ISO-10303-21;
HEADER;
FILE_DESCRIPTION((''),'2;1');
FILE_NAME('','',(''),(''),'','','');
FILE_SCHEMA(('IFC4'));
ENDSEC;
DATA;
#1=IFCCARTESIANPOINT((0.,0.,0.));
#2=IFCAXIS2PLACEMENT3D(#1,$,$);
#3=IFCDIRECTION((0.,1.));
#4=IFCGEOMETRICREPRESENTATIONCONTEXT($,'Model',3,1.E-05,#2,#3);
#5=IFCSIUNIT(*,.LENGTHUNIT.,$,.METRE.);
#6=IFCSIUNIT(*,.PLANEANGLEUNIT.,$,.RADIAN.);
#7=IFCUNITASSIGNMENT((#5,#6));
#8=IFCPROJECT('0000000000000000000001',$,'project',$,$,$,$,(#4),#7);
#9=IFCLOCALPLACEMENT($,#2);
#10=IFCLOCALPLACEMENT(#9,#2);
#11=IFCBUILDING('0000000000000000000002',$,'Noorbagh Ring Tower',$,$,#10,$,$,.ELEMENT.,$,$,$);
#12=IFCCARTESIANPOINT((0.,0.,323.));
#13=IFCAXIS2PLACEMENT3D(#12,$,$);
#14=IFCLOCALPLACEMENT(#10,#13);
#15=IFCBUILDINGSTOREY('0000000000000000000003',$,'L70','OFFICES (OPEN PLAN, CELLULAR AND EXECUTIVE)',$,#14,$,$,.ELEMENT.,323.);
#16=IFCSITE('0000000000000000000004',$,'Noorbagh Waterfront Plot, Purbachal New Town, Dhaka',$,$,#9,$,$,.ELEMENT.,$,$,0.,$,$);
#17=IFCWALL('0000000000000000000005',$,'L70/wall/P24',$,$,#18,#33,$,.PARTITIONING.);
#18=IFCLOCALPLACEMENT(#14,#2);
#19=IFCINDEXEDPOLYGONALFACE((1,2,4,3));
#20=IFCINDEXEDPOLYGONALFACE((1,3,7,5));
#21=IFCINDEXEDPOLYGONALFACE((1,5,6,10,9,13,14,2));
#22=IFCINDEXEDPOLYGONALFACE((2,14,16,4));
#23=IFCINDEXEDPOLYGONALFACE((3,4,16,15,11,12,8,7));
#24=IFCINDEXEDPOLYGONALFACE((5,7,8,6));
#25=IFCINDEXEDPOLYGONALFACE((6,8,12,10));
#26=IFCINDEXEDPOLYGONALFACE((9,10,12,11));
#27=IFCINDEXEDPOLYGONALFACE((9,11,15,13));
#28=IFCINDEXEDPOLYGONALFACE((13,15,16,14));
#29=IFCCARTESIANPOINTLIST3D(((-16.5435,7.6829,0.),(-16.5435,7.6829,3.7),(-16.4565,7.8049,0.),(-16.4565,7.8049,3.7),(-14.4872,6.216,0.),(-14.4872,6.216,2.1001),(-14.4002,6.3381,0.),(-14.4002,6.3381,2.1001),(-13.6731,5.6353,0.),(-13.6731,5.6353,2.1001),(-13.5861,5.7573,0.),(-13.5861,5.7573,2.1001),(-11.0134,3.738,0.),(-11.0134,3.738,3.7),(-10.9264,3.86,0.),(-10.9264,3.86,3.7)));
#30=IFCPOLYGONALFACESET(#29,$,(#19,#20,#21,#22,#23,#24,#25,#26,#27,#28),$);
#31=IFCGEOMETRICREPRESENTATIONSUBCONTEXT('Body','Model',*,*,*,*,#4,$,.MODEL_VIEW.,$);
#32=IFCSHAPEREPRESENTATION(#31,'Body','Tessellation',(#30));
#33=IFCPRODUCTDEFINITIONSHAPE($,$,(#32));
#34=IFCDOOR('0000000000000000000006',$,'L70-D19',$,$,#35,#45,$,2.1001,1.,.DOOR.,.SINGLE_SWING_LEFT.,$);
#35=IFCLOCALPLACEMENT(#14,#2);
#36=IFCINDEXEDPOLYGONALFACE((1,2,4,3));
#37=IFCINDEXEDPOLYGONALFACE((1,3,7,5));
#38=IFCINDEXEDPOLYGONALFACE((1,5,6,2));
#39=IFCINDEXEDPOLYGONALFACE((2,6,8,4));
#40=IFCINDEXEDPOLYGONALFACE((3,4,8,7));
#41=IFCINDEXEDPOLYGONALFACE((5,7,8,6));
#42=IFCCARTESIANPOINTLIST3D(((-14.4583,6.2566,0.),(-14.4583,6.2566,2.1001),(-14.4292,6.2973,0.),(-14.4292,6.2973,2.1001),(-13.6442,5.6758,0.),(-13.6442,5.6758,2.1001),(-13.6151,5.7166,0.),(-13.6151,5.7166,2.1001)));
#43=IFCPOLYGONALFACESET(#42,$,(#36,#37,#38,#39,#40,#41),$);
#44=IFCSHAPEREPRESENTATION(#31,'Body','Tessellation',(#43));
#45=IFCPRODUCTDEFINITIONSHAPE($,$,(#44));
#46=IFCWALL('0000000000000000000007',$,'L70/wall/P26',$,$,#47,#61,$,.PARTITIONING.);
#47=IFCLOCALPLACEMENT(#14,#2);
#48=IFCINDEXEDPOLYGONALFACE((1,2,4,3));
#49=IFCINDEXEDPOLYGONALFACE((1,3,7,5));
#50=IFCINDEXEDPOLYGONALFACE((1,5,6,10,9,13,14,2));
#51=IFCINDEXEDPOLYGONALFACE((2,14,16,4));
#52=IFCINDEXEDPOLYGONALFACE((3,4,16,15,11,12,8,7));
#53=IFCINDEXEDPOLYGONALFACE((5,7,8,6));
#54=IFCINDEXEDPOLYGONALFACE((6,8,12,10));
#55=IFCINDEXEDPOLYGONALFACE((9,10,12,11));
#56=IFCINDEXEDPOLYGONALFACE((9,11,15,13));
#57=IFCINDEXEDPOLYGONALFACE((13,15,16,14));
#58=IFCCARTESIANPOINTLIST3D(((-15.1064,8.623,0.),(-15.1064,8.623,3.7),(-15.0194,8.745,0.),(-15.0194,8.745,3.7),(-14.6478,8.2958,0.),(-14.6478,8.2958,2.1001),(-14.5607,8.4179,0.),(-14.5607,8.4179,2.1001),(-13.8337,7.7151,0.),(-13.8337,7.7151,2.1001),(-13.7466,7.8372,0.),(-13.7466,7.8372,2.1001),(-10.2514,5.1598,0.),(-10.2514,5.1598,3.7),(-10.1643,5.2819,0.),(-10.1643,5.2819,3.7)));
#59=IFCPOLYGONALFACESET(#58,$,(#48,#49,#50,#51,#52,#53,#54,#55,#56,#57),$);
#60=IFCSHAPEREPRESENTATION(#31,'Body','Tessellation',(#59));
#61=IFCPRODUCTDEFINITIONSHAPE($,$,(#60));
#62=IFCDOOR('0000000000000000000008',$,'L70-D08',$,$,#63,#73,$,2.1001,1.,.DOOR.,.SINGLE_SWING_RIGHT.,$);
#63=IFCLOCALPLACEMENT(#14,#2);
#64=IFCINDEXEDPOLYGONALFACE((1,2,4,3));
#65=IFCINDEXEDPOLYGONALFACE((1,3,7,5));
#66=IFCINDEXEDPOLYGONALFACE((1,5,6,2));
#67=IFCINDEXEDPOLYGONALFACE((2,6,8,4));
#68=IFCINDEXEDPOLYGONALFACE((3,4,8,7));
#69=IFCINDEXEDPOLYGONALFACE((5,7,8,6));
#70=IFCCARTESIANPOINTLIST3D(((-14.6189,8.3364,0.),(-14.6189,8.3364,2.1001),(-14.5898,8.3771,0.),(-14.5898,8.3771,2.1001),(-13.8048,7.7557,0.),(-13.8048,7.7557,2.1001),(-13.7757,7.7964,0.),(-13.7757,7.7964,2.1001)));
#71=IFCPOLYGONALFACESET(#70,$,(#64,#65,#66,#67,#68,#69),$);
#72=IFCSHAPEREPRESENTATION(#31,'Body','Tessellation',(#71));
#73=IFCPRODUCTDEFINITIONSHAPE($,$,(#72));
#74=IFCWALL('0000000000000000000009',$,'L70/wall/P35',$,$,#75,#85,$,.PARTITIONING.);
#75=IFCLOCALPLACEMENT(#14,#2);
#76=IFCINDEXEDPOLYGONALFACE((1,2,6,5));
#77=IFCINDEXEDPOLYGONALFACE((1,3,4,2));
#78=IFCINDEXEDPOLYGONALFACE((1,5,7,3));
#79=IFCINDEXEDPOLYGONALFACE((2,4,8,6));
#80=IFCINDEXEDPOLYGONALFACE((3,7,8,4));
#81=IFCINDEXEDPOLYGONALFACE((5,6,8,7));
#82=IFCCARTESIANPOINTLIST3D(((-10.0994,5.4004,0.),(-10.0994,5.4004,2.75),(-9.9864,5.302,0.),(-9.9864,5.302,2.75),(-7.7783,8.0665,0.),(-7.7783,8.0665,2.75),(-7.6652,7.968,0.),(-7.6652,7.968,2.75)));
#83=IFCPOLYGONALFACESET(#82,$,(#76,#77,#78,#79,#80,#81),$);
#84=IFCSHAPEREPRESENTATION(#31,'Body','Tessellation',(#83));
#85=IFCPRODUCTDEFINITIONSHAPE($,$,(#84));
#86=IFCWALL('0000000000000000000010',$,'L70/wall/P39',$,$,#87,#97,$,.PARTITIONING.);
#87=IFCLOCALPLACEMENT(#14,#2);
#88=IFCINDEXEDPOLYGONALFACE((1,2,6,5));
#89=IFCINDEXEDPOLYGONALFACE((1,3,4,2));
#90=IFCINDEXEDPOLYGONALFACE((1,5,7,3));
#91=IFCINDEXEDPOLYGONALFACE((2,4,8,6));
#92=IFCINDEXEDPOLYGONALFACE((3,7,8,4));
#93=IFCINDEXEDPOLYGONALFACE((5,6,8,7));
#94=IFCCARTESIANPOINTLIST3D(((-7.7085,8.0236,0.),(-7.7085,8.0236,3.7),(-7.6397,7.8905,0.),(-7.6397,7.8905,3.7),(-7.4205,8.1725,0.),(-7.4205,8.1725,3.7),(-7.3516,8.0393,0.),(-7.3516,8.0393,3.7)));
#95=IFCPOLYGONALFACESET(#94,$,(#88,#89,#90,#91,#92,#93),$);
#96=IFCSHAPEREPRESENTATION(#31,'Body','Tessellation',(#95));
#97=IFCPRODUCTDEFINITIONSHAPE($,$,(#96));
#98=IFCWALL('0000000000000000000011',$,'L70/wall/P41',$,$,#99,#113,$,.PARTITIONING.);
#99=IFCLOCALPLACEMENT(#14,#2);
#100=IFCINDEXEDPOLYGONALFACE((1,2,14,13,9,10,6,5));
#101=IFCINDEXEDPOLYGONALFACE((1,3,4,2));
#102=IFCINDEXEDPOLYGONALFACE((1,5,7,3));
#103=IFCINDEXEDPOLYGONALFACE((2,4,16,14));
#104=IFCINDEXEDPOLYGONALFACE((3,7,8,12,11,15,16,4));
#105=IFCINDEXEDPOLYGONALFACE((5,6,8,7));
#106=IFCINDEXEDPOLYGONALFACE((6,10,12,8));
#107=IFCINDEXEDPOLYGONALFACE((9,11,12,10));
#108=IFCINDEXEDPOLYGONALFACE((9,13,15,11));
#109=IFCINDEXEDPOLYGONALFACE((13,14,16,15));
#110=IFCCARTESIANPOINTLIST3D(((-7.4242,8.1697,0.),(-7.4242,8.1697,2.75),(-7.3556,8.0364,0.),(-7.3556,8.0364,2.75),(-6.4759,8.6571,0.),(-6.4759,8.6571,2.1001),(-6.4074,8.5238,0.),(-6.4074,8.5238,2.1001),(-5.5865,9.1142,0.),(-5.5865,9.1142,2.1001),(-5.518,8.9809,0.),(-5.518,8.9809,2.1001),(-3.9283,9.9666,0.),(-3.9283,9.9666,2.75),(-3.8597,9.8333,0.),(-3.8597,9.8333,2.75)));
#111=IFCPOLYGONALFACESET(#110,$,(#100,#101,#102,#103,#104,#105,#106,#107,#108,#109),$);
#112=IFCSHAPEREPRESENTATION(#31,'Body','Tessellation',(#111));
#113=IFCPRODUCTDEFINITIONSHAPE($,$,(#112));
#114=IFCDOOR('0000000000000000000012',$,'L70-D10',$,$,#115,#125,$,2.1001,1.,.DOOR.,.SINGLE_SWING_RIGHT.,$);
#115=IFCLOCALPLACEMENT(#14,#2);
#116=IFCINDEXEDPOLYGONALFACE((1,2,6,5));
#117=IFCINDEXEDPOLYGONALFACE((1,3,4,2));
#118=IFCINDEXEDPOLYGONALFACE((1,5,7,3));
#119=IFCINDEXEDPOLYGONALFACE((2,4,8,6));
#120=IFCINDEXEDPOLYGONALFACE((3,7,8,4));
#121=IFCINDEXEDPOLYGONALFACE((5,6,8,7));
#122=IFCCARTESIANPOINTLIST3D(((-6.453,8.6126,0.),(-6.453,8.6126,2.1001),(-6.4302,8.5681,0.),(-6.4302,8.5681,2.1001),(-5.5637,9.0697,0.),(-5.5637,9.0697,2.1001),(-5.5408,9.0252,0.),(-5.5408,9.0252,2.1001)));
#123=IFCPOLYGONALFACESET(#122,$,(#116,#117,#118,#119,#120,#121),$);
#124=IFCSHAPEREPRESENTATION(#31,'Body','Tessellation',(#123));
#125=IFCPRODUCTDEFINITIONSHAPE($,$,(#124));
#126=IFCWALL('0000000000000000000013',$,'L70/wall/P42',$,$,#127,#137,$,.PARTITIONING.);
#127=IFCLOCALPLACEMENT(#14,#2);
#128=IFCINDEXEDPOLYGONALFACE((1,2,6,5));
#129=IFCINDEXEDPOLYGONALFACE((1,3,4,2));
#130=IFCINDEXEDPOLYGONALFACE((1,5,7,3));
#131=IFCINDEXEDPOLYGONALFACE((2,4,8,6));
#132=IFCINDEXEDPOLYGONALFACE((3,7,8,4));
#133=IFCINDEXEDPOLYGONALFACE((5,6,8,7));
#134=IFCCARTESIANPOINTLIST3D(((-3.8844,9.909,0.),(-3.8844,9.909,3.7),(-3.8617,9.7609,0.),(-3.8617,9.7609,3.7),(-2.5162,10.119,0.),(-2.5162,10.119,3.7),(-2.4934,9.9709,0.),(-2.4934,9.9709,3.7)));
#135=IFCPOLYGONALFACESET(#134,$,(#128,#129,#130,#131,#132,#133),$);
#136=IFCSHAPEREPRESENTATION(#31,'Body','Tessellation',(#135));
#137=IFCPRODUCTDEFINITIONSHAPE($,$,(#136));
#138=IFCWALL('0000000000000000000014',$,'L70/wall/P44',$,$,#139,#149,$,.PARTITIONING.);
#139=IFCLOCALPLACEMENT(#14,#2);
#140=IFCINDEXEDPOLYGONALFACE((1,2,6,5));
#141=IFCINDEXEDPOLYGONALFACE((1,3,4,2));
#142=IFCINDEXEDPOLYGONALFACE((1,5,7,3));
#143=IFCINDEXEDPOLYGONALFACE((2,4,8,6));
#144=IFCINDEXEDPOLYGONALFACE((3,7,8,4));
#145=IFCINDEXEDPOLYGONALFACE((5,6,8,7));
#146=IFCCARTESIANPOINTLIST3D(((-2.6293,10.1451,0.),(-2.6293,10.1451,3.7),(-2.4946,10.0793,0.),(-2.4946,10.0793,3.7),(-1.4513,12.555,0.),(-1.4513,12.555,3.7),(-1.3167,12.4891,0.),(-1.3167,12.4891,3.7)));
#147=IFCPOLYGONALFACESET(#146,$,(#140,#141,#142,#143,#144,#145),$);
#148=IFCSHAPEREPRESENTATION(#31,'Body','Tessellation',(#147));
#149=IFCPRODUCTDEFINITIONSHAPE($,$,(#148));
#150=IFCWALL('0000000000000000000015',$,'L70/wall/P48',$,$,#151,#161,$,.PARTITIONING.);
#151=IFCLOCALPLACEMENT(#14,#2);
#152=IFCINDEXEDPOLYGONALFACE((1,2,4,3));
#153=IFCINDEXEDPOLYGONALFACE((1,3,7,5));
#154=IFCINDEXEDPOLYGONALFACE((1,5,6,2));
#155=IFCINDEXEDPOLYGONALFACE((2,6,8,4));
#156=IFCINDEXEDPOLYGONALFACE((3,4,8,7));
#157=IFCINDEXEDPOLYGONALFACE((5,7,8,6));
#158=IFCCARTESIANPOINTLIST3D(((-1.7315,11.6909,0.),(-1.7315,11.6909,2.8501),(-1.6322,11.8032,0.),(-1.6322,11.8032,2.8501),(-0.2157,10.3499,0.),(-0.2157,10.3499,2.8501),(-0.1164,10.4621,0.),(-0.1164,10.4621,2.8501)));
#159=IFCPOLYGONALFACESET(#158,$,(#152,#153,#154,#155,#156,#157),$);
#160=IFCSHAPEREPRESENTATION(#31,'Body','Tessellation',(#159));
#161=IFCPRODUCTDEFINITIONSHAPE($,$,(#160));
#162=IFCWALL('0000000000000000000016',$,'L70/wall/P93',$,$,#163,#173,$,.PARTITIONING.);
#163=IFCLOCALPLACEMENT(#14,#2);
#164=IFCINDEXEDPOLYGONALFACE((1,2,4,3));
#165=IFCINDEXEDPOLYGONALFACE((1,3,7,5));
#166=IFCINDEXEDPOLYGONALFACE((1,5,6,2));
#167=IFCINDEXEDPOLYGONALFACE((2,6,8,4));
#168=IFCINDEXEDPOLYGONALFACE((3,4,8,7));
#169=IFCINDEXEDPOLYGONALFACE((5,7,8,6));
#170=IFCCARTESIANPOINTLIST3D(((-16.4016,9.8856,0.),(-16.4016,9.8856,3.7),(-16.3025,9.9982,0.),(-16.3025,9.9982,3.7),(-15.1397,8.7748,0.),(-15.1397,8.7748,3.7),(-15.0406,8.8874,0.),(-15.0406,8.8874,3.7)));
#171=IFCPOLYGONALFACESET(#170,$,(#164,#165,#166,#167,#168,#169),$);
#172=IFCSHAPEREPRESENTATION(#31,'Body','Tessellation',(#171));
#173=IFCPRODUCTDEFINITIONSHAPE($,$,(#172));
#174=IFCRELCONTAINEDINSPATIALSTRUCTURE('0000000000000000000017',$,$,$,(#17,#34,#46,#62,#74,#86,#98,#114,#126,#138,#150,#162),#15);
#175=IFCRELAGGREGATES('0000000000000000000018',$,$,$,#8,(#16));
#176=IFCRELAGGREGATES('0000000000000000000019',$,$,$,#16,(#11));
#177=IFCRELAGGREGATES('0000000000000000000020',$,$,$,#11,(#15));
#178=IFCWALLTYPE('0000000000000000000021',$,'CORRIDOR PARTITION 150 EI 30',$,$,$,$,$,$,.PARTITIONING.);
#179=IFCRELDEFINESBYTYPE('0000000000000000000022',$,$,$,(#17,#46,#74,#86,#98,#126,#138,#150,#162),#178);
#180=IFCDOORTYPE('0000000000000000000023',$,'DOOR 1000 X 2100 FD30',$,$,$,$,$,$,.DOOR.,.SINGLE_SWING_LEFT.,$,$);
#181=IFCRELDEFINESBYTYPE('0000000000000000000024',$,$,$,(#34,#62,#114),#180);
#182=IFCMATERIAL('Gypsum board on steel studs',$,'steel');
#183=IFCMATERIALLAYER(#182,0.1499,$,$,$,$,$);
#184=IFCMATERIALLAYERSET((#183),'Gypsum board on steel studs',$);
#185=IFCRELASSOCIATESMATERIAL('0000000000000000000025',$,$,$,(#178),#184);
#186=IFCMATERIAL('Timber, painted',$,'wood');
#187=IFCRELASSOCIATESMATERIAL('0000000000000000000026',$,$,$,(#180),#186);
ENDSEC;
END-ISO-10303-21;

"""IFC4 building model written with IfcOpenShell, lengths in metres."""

from ifc_helpers import new_model, si_unit, direction, frame, frame_2d, origin, place, context, subcontext, project, spatial, rectangle, extrude, material, layer, layer_set, type_object, element, fill, save


model = new_model("IFC4")

# Units and contexts
model_context = context("Model", 3, precision=1e-05, world=origin(), true_north=direction((0.0, 1.0)))
body_context = subcontext(model_context, "Body", "Model", "MODEL_VIEW")
ifc_project = project(units=[si_unit("LENGTHUNIT", "METRE"), si_unit("PLANEANGLEUNIT", "RADIAN")], contexts=[model_context])

# Site, building, storey
site_placement = place(None, origin())
site = spatial("IfcSite", under=ifc_project, at=site_placement, Name="Noorbagh Waterfront Plot, Purbachal New Town, Dhaka", CompositionType="ELEMENT", RefElevation=0.0)
building_placement = place(site_placement, origin())
building = spatial("IfcBuilding", under=site, at=building_placement, Name="Noorbagh Ring Tower", CompositionType="ELEMENT")
storey_placement = place(building_placement, frame((0.0, 0.0, 323.0)))
storey = spatial("IfcBuildingStorey", under=building, at=storey_placement, Name="L70", Description="OFFICES (OPEN PLAN, CELLULAR AND EXECUTIVE)", CompositionType="ELEMENT", Elevation=323.0)

# Shared definitions
ifc_material_1 = material(Name="Gypsum board on steel studs", Category="steel")
ifc_layer_1 = layer(ifc_material_1, 0.1499)
ifc_layer_set_1 = layer_set([ifc_layer_1], Name="Gypsum board on steel studs")
wall_type_1 = type_object("IfcWallType", Name="CORRIDOR PARTITION 150 EI 30", PredefinedType="PARTITIONING", material=ifc_layer_set_1)

# Walls, openings, doors
wall_1_placement = place(storey_placement, frame((-16.5, 7.7439, 0.0), z_axis=(0.0, 0.0, 1.0), x_axis=(0.814095, -0.580732, 0.0)))
wall_1 = element("IfcWall", 1, at=wall_1_placement, inside=storey, type_object=wall_type_1, Name="L70/wall/P24", PredefinedType="PARTITIONING", context=body_context, shape_type="SweptSolid", body=[
    extrude(rectangle(XDim=6.793, YDim=0.1499, at=frame_2d((3.3965, 0.0))), origin(), (0.0, 0.0, 1.0), 3.7),
])
opening_1_placement = place(wall_1_placement, frame((2.5259, 0.0, 0.0)))
opening_1 = element("IfcOpeningElement", 2, at=opening_1_placement, cuts=wall_1, PredefinedType="OPENING", context=body_context, shape_type="SweptSolid", body=[
    extrude(rectangle(XDim=1.0, YDim=2.1001, at=frame_2d((0.5, 1.05))), frame((0.0, 0.085, 0.0), z_axis=(0.0, -1.0, 0.0), x_axis=(1.0, 0.0, 0.0)), (0.0, 0.0, 1.0), 0.1699),
])
ifc_material_2 = material(Name="Timber, painted", Category="wood")
door_type_1 = type_object("IfcDoorType", Name="DOOR 1000 X 2100 FD30", OperationType="SINGLE_SWING_LEFT", PredefinedType="DOOR", material=ifc_material_2)
door_1_placement = place(opening_1_placement, origin())
door_1 = element("IfcDoor", 3, at=door_1_placement, inside=storey, type_object=door_type_1, Name="L70-D19", OperationType="SINGLE_SWING_LEFT", OverallHeight=2.1001, OverallWidth=1.0, PredefinedType="DOOR", context=body_context, shape_type="SweptSolid", body=[
    extrude(rectangle(XDim=1.0, YDim=2.1001, at=frame_2d((0.5, 1.05))), frame((0.0, 0.0249, 0.0), z_axis=(0.0, -1.0, 0.0), x_axis=(1.0, 0.0, 0.0)), (0.0, 0.0, 1.0), 0.05),
])
fill(opening_1, door_1)
wall_2_placement = place(storey_placement, frame((-15.063, 8.6841, 0.0), z_axis=(0.0, 0.0, 1.0), x_axis=(0.814107, -0.580715, 0.0)))
wall_2 = element("IfcWall", 4, at=wall_2_placement, inside=storey, type_object=wall_type_1, Name="L70/wall/P26", PredefinedType="PARTITIONING", context=body_context, shape_type="SweptSolid", body=[
    extrude(rectangle(XDim=5.9636, YDim=0.1499, at=frame_2d((2.9819, 0.0))), origin(), (0.0, 0.0, 1.0), 3.7),
])
opening_2_placement = place(wall_2_placement, frame((0.5635, 0.0, 0.0)))
opening_2 = element("IfcOpeningElement", 5, at=opening_2_placement, cuts=wall_2, PredefinedType="OPENING", context=body_context, shape_type="SweptSolid", body=[
    extrude(rectangle(XDim=1.0, YDim=2.1001, at=frame_2d((0.5, 1.05))), frame((0.0, 0.085, 0.0), z_axis=(0.0, -1.0, 0.0), x_axis=(1.0, 0.0, 0.0)), (0.0, 0.0, 1.0), 0.1699),
])
door_2_placement = place(opening_2_placement, origin())
door_2 = element("IfcDoor", 6, at=door_2_placement, inside=storey, type_object=door_type_1, Name="L70-D08", OperationType="SINGLE_SWING_RIGHT", OverallHeight=2.1001, OverallWidth=1.0, PredefinedType="DOOR", context=body_context, shape_type="SweptSolid", body=[
    extrude(rectangle(XDim=1.0, YDim=2.1001, at=frame_2d((0.5, 1.05))), frame((0.0, 0.0249, 0.0), z_axis=(0.0, -1.0, 0.0), x_axis=(1.0, 0.0, 0.0)), (0.0, 0.0, 1.0), 0.05),
])
fill(opening_2, door_2)

# Walls
wall_3_placement = place(storey_placement, frame((-10.043, 5.3511, 0.0), z_axis=(0.0, 0.0, 1.0), x_axis=(0.656625, 0.754217, 0.0)))
element("IfcWall", 7, at=wall_3_placement, inside=storey, type_object=wall_type_1, Name="L70/wall/P35", PredefinedType="PARTITIONING", context=body_context, shape_type="SweptSolid", body=[
    extrude(rectangle(XDim=3.5349, YDim=0.1499, at=frame_2d((1.7676, 0.0))), origin(), (0.0, 0.0, 1.0), 2.75),
])
wall_4_placement = place(storey_placement, frame((-7.6741, 7.957, 0.0), z_axis=(0.0, 0.0, 1.0), x_axis=(0.888324, 0.459218, 0.0)))
element("IfcWall", 8, at=wall_4_placement, inside=storey, type_object=wall_type_1, Name="L70/wall/P39", PredefinedType="PARTITIONING", context=body_context, shape_type="SweptSolid", body=[
    extrude(rectangle(XDim=0.3242, YDim=0.1499, at=frame_2d((0.1621, 0.0))), origin(), (0.0, 0.0, 1.0), 3.7),
])

# Wall, opening, door
wall_5_placement = place(storey_placement, frame((-7.3899, 8.103, 0.0), z_axis=(0.0, 0.0, 1.0), x_axis=(0.88939, 0.457149, 0.0)))
wall_5 = element("IfcWall", 9, at=wall_5_placement, inside=storey, type_object=wall_type_1, Name="L70/wall/P41", PredefinedType="PARTITIONING", context=body_context, shape_type="SweptSolid", body=[
    extrude(rectangle(XDim=3.9307, YDim=0.1499, at=frame_2d((1.9653, 0.0))), origin(), (0.0, 0.0, 1.0), 2.75),
])
opening_3_placement = place(wall_5_placement, frame((1.0662, 0.0, 0.0)))
opening_3 = element("IfcOpeningElement", 10, at=opening_3_placement, cuts=wall_5, PredefinedType="OPENING", context=body_context, shape_type="SweptSolid", body=[
    extrude(rectangle(XDim=1.0, YDim=2.1001, at=frame_2d((0.5, 1.05))), frame((0.0, 0.085, 0.0), z_axis=(0.0, -1.0, 0.0), x_axis=(1.0, 0.0, 0.0)), (0.0, 0.0, 1.0), 0.1699),
])
door_3_placement = place(opening_3_placement, origin())
door_3 = element("IfcDoor", 11, at=door_3_placement, inside=storey, type_object=door_type_1, Name="L70-D10", OperationType="SINGLE_SWING_RIGHT", OverallHeight=2.1001, OverallWidth=1.0, PredefinedType="DOOR", context=body_context, shape_type="SweptSolid", body=[
    extrude(rectangle(XDim=1.0, YDim=2.1001, at=frame_2d((0.5, 1.05))), frame((0.0, 0.0249, 0.0), z_axis=(0.0, -1.0, 0.0), x_axis=(1.0, 0.0, 0.0)), (0.0, 0.0, 1.0), 0.05),
])
fill(opening_3, door_3)

# Walls
wall_6_placement = place(storey_placement, frame((-3.873, 9.835, 0.0), z_axis=(0.0, 0.0, 1.0), x_axis=(0.988429, 0.151686, 0.0)))
element("IfcWall", 12, at=wall_6_placement, inside=storey, type_object=wall_type_1, Name="L70/wall/P42", PredefinedType="PARTITIONING", context=body_context, shape_type="SweptSolid", body=[
    extrude(rectangle(XDim=1.3843, YDim=0.1499, at=frame_2d((0.6921, 0.0))), origin(), (0.0, 0.0, 1.0), 3.7),
])
wall_7_placement = place(storey_placement, frame((-2.562, 10.1121, 0.0), z_axis=(0.0, 0.0, 1.0), x_axis=(0.43915, 0.898414, 0.0)))
element("IfcWall", 13, at=wall_7_placement, inside=storey, type_object=wall_type_1, Name="L70/wall/P44", PredefinedType="PARTITIONING", context=body_context, shape_type="SweptSolid", body=[
    extrude(rectangle(XDim=2.6824, YDim=0.1499, at=frame_2d((1.3413, 0.0))), origin(), (0.0, 0.0, 1.0), 3.7),
])
wall_8_placement = place(storey_placement, frame((-1.6819, 11.7471, 0.0), z_axis=(0.0, 0.0, 1.0), x_axis=(0.748971, -0.662603, 0.0)))
element("IfcWall", 14, at=wall_8_placement, inside=storey, type_object=wall_type_1, Name="L70/wall/P48", PredefinedType="PARTITIONING", context=body_context, shape_type="SweptSolid", body=[
    extrude(rectangle(XDim=2.0239, YDim=0.1499, at=frame_2d((1.012, 0.0))), origin(), (0.0, 0.0, 1.0), 2.8501),
])
wall_9_placement = place(storey_placement, frame((-16.3521, 9.9419, 0.0), z_axis=(0.0, 0.0, 1.0), x_axis=(0.750621, -0.660733, 0.0)))
element("IfcWall", 15, at=wall_9_placement, inside=storey, type_object=wall_type_1, Name="L70/wall/P93", PredefinedType="PARTITIONING", context=body_context, shape_type="SweptSolid", body=[
    extrude(rectangle(XDim=1.6812, YDim=0.1499, at=frame_2d((0.8406, 0.0))), origin(), (0.0, 0.0, 1.0), 3.7),
])

save(model, "model.ifc")
